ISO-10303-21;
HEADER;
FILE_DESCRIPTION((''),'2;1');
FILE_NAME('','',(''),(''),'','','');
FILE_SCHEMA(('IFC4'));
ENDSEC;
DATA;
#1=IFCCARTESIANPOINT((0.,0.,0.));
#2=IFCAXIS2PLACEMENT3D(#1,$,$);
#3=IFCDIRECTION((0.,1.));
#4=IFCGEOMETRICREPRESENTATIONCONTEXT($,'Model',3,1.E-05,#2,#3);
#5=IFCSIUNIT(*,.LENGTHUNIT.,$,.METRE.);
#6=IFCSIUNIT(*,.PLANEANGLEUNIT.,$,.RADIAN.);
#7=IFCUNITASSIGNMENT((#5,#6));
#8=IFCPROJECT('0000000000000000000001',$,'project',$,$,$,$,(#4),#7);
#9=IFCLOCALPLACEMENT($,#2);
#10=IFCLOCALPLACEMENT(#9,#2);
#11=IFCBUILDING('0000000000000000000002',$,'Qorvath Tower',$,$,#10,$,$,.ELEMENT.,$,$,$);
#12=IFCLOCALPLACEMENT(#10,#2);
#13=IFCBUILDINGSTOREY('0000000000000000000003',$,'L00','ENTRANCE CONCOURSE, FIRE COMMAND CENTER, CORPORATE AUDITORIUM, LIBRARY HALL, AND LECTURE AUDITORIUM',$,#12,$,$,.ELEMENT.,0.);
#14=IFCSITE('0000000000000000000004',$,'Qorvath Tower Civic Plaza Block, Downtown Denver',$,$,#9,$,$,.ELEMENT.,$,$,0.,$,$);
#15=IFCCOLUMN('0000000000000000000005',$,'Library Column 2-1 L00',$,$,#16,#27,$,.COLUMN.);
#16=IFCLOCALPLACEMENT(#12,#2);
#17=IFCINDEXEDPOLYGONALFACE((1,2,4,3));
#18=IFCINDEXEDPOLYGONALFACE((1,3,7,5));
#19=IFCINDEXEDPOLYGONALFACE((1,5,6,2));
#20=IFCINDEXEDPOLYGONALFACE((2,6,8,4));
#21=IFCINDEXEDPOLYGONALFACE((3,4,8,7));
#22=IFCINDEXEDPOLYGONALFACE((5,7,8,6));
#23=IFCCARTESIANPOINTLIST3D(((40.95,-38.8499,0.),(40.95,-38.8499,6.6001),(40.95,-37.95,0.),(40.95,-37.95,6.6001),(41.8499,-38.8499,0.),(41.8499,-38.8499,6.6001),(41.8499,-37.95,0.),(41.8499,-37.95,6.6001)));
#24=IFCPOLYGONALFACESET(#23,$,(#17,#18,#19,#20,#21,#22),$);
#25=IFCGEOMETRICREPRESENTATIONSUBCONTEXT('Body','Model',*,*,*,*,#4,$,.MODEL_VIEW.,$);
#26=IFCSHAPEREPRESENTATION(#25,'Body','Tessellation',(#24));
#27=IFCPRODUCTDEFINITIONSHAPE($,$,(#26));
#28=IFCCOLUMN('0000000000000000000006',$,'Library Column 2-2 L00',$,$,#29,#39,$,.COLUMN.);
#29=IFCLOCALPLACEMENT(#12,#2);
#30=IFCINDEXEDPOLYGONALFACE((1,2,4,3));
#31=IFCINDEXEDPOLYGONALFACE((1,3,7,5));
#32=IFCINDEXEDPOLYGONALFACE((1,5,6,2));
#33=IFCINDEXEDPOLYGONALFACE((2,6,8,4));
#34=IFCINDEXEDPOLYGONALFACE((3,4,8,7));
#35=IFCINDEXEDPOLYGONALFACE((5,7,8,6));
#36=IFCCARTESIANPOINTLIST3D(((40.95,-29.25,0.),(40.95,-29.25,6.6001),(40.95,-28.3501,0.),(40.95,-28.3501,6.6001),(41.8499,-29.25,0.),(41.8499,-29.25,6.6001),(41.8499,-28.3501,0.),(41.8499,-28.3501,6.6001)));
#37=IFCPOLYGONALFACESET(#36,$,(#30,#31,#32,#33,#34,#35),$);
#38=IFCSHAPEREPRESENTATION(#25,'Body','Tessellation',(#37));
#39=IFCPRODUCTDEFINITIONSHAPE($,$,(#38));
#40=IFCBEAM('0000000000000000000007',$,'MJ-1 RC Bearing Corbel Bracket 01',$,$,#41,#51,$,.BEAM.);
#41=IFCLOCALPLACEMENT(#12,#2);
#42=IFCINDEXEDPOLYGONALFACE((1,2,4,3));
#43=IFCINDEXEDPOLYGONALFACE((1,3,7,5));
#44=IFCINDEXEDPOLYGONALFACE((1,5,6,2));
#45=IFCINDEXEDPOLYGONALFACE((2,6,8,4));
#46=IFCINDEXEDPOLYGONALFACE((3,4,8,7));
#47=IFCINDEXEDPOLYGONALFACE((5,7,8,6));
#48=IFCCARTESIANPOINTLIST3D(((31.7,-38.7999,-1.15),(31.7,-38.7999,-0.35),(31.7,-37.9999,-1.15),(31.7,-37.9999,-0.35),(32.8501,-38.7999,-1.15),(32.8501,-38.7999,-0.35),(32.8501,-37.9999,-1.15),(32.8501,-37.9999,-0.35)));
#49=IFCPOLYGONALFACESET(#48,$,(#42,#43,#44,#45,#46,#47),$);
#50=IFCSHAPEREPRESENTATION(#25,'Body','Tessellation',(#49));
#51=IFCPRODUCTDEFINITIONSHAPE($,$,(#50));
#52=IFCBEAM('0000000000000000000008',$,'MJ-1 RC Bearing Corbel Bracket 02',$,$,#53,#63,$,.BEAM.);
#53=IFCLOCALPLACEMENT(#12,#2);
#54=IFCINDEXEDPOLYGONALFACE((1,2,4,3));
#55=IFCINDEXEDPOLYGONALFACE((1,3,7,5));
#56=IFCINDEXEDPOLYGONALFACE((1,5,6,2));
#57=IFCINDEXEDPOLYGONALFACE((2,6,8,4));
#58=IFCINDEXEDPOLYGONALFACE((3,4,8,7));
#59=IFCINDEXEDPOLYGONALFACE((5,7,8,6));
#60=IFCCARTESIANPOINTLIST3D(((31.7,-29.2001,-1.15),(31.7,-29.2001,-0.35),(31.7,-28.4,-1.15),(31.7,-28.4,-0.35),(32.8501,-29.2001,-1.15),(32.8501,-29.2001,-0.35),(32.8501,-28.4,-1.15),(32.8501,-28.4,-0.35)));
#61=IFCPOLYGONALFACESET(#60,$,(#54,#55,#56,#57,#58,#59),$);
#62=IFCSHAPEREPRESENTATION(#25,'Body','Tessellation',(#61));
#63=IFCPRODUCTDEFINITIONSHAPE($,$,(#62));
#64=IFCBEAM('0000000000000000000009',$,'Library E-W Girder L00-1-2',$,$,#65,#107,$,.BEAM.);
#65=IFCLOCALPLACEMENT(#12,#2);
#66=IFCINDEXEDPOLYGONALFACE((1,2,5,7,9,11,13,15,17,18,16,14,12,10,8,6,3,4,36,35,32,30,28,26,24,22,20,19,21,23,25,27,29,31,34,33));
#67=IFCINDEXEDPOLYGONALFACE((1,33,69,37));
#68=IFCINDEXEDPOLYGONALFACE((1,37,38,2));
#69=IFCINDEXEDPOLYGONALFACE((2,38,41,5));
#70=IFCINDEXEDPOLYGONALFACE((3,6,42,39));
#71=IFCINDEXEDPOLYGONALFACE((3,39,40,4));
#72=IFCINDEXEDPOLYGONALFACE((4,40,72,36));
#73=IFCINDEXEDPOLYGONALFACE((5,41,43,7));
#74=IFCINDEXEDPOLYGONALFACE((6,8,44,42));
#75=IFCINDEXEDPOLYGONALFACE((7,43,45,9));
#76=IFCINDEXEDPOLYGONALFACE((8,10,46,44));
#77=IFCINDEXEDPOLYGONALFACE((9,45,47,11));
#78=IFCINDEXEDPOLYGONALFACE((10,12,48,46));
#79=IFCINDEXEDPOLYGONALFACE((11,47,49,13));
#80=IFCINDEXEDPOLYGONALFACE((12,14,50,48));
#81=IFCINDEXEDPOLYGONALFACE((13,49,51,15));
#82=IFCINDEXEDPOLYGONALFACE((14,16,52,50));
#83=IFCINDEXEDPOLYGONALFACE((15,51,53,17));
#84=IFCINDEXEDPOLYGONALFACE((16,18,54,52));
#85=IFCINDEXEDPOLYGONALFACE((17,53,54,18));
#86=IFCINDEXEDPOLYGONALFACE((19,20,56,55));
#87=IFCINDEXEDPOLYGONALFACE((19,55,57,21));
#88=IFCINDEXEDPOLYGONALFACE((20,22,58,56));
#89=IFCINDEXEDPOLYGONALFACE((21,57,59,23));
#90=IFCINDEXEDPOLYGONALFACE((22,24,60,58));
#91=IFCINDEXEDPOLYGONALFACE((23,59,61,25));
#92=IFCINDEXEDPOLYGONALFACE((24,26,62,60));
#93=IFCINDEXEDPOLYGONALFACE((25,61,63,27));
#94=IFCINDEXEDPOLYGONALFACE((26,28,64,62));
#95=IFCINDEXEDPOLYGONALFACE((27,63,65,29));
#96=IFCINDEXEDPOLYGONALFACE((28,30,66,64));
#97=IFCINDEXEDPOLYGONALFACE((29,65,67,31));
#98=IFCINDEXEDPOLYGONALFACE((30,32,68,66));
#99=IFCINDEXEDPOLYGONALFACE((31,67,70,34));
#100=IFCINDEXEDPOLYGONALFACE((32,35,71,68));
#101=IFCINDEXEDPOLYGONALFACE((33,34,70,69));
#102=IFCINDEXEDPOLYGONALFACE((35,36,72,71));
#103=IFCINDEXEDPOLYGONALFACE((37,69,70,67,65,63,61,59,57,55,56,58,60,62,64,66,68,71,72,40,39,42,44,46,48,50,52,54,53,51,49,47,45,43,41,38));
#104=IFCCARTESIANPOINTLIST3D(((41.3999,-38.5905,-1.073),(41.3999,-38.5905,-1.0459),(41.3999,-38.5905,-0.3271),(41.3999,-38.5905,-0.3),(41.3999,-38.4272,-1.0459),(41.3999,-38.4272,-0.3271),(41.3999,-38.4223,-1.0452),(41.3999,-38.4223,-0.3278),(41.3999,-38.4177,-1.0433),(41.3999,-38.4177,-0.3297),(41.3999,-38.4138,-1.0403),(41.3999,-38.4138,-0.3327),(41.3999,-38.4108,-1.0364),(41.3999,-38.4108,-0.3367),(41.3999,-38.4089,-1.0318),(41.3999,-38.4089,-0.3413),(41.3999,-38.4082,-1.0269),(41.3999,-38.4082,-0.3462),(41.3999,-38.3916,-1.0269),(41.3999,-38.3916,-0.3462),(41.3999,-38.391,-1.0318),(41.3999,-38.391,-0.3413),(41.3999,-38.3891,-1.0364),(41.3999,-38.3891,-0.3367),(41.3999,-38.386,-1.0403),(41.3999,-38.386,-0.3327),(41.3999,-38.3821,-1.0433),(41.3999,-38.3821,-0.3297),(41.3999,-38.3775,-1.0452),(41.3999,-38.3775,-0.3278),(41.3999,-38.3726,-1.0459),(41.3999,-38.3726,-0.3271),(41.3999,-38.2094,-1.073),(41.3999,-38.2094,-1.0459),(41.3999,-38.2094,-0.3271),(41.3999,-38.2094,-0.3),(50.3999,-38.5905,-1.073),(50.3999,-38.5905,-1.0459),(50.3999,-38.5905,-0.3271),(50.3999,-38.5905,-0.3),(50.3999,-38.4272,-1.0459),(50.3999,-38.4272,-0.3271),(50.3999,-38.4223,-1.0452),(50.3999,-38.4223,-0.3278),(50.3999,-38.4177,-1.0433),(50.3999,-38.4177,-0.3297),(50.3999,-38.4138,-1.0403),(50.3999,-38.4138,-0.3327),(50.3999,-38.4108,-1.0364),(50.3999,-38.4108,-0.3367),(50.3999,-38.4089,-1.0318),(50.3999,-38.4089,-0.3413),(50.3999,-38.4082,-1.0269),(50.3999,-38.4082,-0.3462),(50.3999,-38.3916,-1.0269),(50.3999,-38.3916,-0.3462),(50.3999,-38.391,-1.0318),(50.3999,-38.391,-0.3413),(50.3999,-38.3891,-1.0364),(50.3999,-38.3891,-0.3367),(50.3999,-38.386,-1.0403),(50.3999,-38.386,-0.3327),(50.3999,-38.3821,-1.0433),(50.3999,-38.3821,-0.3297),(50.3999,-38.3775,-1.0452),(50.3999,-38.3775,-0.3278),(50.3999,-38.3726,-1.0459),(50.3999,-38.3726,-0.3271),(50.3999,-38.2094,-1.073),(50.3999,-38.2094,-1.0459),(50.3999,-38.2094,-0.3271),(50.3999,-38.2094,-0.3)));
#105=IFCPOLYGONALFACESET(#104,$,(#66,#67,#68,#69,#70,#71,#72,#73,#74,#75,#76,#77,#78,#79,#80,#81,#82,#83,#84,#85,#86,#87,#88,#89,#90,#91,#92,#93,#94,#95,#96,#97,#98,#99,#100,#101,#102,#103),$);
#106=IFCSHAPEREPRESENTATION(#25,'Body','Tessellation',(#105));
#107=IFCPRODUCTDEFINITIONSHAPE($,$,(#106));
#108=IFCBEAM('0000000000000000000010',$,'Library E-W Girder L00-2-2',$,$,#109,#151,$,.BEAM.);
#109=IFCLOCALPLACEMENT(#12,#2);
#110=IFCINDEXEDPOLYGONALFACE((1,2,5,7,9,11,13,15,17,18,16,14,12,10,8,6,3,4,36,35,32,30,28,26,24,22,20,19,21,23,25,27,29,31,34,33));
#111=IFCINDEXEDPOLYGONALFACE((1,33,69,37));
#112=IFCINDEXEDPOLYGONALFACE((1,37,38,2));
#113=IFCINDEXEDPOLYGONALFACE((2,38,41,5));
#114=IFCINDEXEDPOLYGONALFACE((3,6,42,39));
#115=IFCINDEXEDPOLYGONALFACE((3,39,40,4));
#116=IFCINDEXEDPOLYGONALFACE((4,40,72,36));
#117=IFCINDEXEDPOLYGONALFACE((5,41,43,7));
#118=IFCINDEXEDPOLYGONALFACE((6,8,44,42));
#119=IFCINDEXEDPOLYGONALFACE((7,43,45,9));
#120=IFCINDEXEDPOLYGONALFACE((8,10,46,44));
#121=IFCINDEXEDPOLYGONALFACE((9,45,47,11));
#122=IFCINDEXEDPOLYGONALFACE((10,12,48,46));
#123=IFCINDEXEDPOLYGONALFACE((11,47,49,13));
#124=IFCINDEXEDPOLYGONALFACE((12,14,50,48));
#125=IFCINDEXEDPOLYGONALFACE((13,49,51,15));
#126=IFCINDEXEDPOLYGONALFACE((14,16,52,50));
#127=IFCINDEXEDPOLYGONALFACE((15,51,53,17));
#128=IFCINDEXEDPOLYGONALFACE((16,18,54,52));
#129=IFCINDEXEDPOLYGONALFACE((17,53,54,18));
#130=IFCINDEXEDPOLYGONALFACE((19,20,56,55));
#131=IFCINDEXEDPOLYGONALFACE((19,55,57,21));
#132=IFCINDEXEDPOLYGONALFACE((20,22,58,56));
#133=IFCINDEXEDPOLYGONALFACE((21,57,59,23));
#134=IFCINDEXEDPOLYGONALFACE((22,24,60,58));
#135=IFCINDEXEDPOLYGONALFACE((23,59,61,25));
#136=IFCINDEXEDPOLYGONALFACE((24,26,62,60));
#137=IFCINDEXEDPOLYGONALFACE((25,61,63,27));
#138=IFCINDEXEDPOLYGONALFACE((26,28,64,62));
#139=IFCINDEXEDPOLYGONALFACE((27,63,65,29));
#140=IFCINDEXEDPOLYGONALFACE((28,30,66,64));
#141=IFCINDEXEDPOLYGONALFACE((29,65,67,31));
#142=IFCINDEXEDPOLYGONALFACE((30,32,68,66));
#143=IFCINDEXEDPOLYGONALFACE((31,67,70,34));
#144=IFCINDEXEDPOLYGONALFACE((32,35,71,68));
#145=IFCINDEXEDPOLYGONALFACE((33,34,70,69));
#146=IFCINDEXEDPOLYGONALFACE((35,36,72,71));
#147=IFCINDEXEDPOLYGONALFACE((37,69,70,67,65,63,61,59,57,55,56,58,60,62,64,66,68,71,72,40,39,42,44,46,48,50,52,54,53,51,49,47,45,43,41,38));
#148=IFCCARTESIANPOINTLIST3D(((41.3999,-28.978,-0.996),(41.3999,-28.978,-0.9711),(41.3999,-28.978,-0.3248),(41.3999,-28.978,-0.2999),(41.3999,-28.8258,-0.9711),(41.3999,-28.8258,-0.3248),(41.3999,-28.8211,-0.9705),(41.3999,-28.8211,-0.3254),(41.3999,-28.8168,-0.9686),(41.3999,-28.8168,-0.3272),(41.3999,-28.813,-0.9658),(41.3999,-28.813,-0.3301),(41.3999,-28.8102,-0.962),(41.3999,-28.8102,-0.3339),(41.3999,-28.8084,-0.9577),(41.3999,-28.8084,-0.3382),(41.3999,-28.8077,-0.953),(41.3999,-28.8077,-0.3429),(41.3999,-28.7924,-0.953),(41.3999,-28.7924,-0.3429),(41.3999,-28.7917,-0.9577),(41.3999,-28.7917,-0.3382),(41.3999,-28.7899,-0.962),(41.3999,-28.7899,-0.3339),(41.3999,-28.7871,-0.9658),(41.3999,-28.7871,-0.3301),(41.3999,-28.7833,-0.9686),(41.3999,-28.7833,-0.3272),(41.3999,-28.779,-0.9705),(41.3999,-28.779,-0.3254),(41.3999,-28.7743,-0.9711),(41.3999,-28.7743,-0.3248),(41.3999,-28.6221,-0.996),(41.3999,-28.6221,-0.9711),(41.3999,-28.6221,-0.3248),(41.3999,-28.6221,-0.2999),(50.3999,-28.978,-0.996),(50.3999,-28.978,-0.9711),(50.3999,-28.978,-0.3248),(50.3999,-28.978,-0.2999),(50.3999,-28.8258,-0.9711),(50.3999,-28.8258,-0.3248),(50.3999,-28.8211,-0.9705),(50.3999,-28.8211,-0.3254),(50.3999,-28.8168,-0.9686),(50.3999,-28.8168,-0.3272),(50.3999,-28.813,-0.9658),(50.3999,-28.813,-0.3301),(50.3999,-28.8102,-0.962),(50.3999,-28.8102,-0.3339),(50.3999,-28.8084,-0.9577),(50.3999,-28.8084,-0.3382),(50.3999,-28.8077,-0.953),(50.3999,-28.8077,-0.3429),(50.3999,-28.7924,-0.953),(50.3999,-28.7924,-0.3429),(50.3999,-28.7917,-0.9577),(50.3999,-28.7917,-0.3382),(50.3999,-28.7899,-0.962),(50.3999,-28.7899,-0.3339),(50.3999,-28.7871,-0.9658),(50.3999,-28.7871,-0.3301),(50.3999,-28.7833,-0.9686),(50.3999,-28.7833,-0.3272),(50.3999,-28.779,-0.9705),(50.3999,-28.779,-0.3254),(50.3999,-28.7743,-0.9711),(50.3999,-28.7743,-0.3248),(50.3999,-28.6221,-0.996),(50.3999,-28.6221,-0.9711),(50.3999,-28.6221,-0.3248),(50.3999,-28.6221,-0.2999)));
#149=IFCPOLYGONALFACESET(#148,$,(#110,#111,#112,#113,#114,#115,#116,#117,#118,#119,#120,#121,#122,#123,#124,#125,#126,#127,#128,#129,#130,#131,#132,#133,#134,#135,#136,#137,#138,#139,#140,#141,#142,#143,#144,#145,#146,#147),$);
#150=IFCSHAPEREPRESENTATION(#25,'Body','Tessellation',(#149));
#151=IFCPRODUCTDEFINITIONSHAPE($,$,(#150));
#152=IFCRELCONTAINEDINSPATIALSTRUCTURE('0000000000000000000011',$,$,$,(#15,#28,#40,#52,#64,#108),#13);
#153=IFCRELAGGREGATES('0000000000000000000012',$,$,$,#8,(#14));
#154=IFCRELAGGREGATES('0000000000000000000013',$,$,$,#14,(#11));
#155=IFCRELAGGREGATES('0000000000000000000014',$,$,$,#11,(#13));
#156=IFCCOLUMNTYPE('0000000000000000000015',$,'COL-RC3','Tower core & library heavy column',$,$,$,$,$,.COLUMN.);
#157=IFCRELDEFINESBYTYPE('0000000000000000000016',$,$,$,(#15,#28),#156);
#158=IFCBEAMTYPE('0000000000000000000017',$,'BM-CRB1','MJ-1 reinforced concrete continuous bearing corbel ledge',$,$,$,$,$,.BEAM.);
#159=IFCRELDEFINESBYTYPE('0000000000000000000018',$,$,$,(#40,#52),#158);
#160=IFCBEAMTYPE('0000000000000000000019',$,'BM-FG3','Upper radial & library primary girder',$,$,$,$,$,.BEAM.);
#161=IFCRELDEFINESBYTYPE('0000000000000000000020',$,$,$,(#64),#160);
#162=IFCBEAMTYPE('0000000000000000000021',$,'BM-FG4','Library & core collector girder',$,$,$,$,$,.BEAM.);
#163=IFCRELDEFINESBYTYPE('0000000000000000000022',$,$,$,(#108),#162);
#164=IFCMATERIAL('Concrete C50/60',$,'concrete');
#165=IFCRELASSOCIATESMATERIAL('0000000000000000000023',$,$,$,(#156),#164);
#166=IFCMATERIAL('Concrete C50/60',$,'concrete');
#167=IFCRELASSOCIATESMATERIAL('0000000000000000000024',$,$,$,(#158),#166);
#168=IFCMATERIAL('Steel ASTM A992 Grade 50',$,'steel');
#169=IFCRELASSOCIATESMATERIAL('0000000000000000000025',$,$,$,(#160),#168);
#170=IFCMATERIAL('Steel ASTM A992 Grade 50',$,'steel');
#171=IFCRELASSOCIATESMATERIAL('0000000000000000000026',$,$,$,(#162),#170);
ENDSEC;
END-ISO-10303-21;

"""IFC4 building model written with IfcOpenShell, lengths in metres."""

from ifc_helpers import new_model, si_unit, direction, frame, origin, origin_2d, place, context, subcontext, project, spatial, rectangle, i_section, extrude, material, material_profile, profile_set, type_object, element, save


model = new_model("IFC4")

# Units and contexts
model_context = context("Model", 3, precision=1e-05, world=origin(), true_north=direction((0.0, 1.0)))
body_context = subcontext(model_context, "Body", "Model", "MODEL_VIEW")
ifc_project = project(units=[si_unit("LENGTHUNIT", "METRE"), si_unit("PLANEANGLEUNIT", "RADIAN")], contexts=[model_context])

# Site, building, storey
site_placement = place(None, origin())
site = spatial("IfcSite", under=ifc_project, at=site_placement, Name="Qorvath Tower Civic Plaza Block, Downtown Denver", CompositionType="ELEMENT", RefElevation=0.0)
building_placement = place(site_placement, origin())
building = spatial("IfcBuilding", under=site, at=building_placement, Name="Qorvath Tower", CompositionType="ELEMENT")
storey_placement = place(building_placement, origin())
storey = spatial("IfcBuildingStorey", under=building, at=storey_placement, Name="L00", Description="ENTRANCE CONCOURSE, FIRE COMMAND CENTER, CORPORATE AUDITORIUM, LIBRARY HALL, AND LECTURE AUDITORIUM", CompositionType="ELEMENT", Elevation=0.0)

# Columns
ifc_material_1 = material(Name="Concrete C50/60", Category="concrete")
ifc_material_profile_1 = material_profile(ifc_material_1, rectangle(XDim=0.8999, YDim=0.8999, at=origin_2d()), Name="RC 900x900")
ifc_profile_set_1 = profile_set([ifc_material_profile_1], Name="Concrete C50/60")
column_type = type_object("IfcColumnType", Name="COL-RC3", Description="Tower core & library heavy column", PredefinedType="COLUMN", material=ifc_profile_set_1)
for number, where, z_axis, x_axis, name in (
    (1, (41.3999, -38.3999, 0.0), (0.0, 0.0, 1.0), (1.0, 0.0, 0.0), "Library Column 2-1 L00"),
    (2, (41.3999, -28.8, 0.0), (0.0, 0.0, 1.0), (1.0, 0.0, 0.0), "Library Column 2-2 L00"),
):
    element("IfcColumn", number, at=place(storey_placement, frame(where, z_axis=z_axis, x_axis=x_axis)), inside=storey, type_object=column_type, Name=name, PredefinedType="COLUMN", context=body_context, shape_type="SweptSolid", body=[
        extrude(rectangle(XDim=0.8999, YDim=0.8999, at=origin_2d()), origin(), (0.0, 0.0, 1.0), 6.6001),
    ])

# Beams
ifc_material_2 = material(Name="Concrete C50/60", Category="concrete")
ifc_material_profile_2 = material_profile(ifc_material_2, rectangle(XDim=0.8, YDim=0.8, at=origin_2d()), Name="RC 800x800")
ifc_profile_set_2 = profile_set([ifc_material_profile_2], Name="Concrete C50/60")
beam_type_1 = type_object("IfcBeamType", Name="BM-CRB1", Description="MJ-1 reinforced concrete continuous bearing corbel ledge", PredefinedType="BEAM", material=ifc_profile_set_2)
for number, where, z_axis, x_axis, name in (
    (3, (32.8501, -38.3999, -0.75), (-1.0, 0.0, 0.0), (0.0, -1.0, 0.0), "MJ-1 RC Bearing Corbel Bracket 01"),
    (4, (32.8501, -28.8, -0.75), (-1.0, 0.0, 0.0), (0.0, -1.0, 0.0), "MJ-1 RC Bearing Corbel Bracket 02"),
):
    element("IfcBeam", number, at=place(storey_placement, frame(where, z_axis=z_axis, x_axis=x_axis)), inside=storey, type_object=beam_type_1, Name=name, PredefinedType="BEAM", context=body_context, shape_type="SweptSolid", body=[
        extrude(rectangle(XDim=0.8, YDim=0.8, at=origin_2d()), origin(), (0.0, 0.0, 1.0), 1.1501),
    ])
ifc_material_3 = material(Name="Steel ASTM A992 Grade 50", Category="steel")
ifc_material_profile_3 = material_profile(ifc_material_3, i_section(OverallWidth=0.3811, OverallDepth=0.7729, WebThickness=0.0166, FlangeThickness=0.0271, FilletRadius=0.019, at=origin_2d()), Name="W30x173")
ifc_profile_set_3 = profile_set([ifc_material_profile_3], Name="Steel ASTM A992 Grade 50")
beam_type_2 = type_object("IfcBeamType", Name="BM-FG3", Description="Upper radial & library primary girder", PredefinedType="BEAM", material=ifc_profile_set_3)
beam_1_placement = place(storey_placement, frame((41.3999, -38.3999, -0.6865), z_axis=(1.0, 0.0, 0.0), x_axis=(0.0, 1.0, 0.0)))
element("IfcBeam", 5, at=beam_1_placement, inside=storey, type_object=beam_type_2, Name="Library E-W Girder L00-1-2", PredefinedType="BEAM", context=body_context, shape_type="SweptSolid", body=[
    extrude(i_section(OverallWidth=0.3811, OverallDepth=0.7729, WebThickness=0.0166, FlangeThickness=0.0271, FilletRadius=0.019, at=origin_2d()), origin(), (0.0, 0.0, 1.0), 9.0),
])
ifc_material_4 = material(Name="Steel ASTM A992 Grade 50", Category="steel")
ifc_material_profile_4 = material_profile(ifc_material_4, i_section(OverallWidth=0.356, OverallDepth=0.696, WebThickness=0.0154, FlangeThickness=0.0249, FilletRadius=0.0181, at=origin_2d()), Name="W27x146")
ifc_profile_set_4 = profile_set([ifc_material_profile_4], Name="Steel ASTM A992 Grade 50")
beam_type_3 = type_object("IfcBeamType", Name="BM-FG4", Description="Library & core collector girder", PredefinedType="BEAM", material=ifc_profile_set_4)
beam_2_placement = place(storey_placement, frame((41.3999, -28.8, -0.6479), z_axis=(1.0, 0.0, 0.0), x_axis=(0.0, 1.0, 0.0)))
element("IfcBeam", 6, at=beam_2_placement, inside=storey, type_object=beam_type_3, Name="Library E-W Girder L00-2-2", PredefinedType="BEAM", context=body_context, shape_type="SweptSolid", body=[
    extrude(i_section(OverallWidth=0.356, OverallDepth=0.696, WebThickness=0.0154, FlangeThickness=0.0249, FilletRadius=0.0181, at=origin_2d()), origin(), (0.0, 0.0, 1.0), 9.0),
])

save(model, "model.ifc")
